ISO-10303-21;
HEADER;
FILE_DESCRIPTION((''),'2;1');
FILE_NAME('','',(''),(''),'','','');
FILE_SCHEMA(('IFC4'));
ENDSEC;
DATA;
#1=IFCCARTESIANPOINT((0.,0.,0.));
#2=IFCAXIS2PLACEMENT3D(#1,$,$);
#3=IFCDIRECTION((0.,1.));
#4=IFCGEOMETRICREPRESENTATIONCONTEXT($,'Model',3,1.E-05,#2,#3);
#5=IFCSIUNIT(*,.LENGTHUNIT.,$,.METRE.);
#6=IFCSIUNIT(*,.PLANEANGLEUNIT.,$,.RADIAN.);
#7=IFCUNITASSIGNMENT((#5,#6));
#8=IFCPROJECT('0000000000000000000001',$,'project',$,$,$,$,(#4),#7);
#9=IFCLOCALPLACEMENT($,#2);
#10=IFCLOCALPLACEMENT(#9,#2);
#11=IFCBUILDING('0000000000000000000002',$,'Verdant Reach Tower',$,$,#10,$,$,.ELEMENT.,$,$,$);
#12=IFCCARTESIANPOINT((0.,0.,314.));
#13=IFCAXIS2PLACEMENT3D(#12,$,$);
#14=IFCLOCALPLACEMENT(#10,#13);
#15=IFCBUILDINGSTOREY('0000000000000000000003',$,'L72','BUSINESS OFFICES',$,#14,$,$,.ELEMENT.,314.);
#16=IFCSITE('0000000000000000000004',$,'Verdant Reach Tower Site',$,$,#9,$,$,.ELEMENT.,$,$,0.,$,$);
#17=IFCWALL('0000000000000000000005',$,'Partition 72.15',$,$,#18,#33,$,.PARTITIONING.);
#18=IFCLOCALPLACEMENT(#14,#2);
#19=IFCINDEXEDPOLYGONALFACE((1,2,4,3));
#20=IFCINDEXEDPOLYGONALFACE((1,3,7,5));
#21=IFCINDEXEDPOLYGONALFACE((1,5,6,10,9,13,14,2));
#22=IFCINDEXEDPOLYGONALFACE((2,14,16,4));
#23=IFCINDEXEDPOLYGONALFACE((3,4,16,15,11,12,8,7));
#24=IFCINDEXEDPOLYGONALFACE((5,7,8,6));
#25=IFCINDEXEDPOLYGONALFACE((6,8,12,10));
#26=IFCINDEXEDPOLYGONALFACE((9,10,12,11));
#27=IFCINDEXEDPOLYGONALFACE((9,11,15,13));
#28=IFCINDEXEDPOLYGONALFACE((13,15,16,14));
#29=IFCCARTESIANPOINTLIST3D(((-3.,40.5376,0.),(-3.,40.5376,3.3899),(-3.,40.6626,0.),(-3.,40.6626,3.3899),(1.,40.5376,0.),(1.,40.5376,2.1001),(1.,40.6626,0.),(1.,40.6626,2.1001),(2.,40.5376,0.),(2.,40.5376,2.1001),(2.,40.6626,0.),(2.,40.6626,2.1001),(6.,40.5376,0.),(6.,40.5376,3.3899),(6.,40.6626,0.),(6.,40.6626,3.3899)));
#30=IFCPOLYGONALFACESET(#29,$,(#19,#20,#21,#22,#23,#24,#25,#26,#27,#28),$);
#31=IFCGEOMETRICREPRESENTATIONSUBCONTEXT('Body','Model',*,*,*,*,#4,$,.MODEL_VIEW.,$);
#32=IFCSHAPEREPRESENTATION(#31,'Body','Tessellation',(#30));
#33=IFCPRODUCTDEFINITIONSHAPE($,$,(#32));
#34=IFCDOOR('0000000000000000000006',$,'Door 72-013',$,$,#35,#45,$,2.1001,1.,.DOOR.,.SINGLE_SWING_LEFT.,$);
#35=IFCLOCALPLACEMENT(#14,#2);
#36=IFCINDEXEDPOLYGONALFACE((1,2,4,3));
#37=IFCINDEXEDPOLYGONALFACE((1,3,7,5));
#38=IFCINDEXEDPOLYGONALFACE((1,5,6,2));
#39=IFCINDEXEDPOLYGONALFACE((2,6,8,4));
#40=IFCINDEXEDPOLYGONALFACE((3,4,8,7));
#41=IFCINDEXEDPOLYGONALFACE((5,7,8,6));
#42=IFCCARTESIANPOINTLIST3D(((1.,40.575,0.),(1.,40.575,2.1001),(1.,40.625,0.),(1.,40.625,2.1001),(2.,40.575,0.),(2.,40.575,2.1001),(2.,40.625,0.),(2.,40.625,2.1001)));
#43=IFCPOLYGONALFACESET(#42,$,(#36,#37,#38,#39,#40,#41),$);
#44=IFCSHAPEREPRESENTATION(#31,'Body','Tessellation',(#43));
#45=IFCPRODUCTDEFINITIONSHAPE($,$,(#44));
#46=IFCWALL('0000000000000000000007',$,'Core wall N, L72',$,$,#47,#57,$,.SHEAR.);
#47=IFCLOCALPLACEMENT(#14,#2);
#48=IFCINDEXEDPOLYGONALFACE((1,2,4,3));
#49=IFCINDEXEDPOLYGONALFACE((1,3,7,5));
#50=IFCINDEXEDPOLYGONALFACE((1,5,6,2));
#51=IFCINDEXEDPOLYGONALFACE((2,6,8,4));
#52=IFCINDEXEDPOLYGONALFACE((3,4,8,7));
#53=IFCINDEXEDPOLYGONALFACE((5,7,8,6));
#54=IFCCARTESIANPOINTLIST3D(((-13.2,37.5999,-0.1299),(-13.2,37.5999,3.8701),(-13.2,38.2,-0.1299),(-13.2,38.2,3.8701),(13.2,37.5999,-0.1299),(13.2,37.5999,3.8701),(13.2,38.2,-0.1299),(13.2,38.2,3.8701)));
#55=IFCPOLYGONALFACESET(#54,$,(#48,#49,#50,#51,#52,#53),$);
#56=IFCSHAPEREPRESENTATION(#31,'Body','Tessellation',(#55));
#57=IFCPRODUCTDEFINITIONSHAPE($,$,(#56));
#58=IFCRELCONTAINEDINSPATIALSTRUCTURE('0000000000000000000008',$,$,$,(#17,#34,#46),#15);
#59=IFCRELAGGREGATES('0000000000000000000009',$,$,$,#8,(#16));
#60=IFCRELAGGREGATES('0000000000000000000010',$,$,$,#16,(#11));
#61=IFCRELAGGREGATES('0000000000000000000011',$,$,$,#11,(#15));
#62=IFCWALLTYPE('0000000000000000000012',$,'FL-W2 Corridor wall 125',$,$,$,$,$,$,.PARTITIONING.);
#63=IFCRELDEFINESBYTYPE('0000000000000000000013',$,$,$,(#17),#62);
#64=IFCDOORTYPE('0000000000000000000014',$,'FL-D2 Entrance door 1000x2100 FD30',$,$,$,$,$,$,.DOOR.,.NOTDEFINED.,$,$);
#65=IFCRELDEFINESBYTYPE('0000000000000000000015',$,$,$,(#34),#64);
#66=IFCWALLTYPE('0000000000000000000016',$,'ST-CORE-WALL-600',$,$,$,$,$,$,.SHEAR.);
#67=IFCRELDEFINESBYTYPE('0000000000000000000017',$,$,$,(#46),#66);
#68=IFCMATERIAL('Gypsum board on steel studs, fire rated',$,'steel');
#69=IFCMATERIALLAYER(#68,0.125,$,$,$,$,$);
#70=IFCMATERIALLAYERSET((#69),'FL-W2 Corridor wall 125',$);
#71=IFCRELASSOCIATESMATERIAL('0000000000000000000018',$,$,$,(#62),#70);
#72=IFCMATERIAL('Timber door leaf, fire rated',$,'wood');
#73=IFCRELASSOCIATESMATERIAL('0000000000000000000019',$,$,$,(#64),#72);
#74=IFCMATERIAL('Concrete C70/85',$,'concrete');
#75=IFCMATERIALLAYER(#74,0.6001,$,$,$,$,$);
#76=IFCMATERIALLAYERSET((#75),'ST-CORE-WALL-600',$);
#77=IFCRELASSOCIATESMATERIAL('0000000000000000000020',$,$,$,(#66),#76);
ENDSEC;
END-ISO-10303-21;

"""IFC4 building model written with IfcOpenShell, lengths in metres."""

from ifc_helpers import new_model, si_unit, direction, frame, frame_2d, origin, place, context, subcontext, project, spatial, rectangle, extrude, material, layer, layer_set, type_object, element, fill, save


model = new_model("IFC4")

# Units and contexts
model_context = context("Model", 3, precision=1e-05, world=origin(), true_north=direction((0.0, 1.0)))
body_context = subcontext(model_context, "Body", "Model", "MODEL_VIEW")
ifc_project = project(units=[si_unit("LENGTHUNIT", "METRE"), si_unit("PLANEANGLEUNIT", "RADIAN")], contexts=[model_context])

# Site, building, storey
site_placement = place(None, origin())
site = spatial("IfcSite", under=ifc_project, at=site_placement, Name="Verdant Reach Tower Site", CompositionType="ELEMENT", RefElevation=0.0)
building_placement = place(site_placement, origin())
building = spatial("IfcBuilding", under=site, at=building_placement, Name="Verdant Reach Tower", CompositionType="ELEMENT")
storey_placement = place(building_placement, frame((0.0, 0.0, 314.0)))
storey = spatial("IfcBuildingStorey", under=building, at=storey_placement, Name="L72", Description="BUSINESS OFFICES", CompositionType="ELEMENT", Elevation=314.0)

# Shared definitions
ifc_material_1 = material(Name="Gypsum board on steel studs, fire rated", Category="steel")
ifc_layer_1 = layer(ifc_material_1, 0.125)
ifc_layer_set_1 = layer_set([ifc_layer_1], Name="FL-W2 Corridor wall 125")
wall_type_1 = type_object("IfcWallType", Name="FL-W2 Corridor wall 125", PredefinedType="PARTITIONING", material=ifc_layer_set_1)

# Wall, opening, door
wall_1_placement = place(storey_placement, frame((-3.0, 40.6001, 0.0), z_axis=(0.0, 0.0, 1.0), x_axis=(1.0, 0.0, 0.0)))
wall_1 = element("IfcWall", 1, at=wall_1_placement, inside=storey, type_object=wall_type_1, Name="Partition 72.15", PredefinedType="PARTITIONING", context=body_context, shape_type="SweptSolid", body=[
    extrude(rectangle(XDim=9.0, YDim=0.125, at=frame_2d((4.5, 0.0))), origin(), (0.0, 0.0, 1.0), 3.3899),
])
opening_1_placement = place(wall_1_placement, frame((4.0, 0.0, 0.0)))
opening_1 = element("IfcOpeningElement", 2, at=opening_1_placement, cuts=wall_1, PredefinedType="OPENING", context=body_context, shape_type="SweptSolid", body=[
    extrude(rectangle(XDim=1.0, YDim=2.1001, at=frame_2d((0.5, 1.05))), frame((0.0, 0.0725, 0.0), z_axis=(0.0, -1.0, 0.0), x_axis=(1.0, 0.0, 0.0)), (0.0, 0.0, 1.0), 0.145),
])
ifc_material_2 = material(Name="Timber door leaf, fire rated", Category="wood")
door_type_1 = type_object("IfcDoorType", Name="FL-D2 Entrance door 1000x2100 FD30", OperationType="NOTDEFINED", PredefinedType="DOOR", material=ifc_material_2)
door_1_placement = place(opening_1_placement, origin())
door_1 = element("IfcDoor", 3, at=door_1_placement, inside=storey, type_object=door_type_1, Name="Door 72-013", OperationType="SINGLE_SWING_LEFT", OverallHeight=2.1001, OverallWidth=1.0, PredefinedType="DOOR", context=body_context, shape_type="SweptSolid", body=[
    extrude(rectangle(XDim=1.0, YDim=2.1001, at=frame_2d((0.5, 1.05))), frame((0.0, 0.0249, 0.0), z_axis=(0.0, -1.0, 0.0), x_axis=(1.0, 0.0, 0.0)), (0.0, 0.0, 1.0), 0.05),
])
fill(opening_1, door_1)

# Wall
ifc_material_3 = material(Name="Concrete C70/85", Category="concrete")
ifc_layer_2 = layer(ifc_material_3, 0.6001)
ifc_layer_set_2 = layer_set([ifc_layer_2], Name="ST-CORE-WALL-600")
wall_type_2 = type_object("IfcWallType", Name="ST-CORE-WALL-600", PredefinedType="SHEAR", material=ifc_layer_set_2)
wall_2_placement = place(storey_placement, frame((-13.2, 37.8999, -0.1299), z_axis=(0.0, 0.0, 1.0), x_axis=(1.0, 0.0, 0.0)))
element("IfcWall", 4, at=wall_2_placement, inside=storey, type_object=wall_type_2, Name="Core wall N, L72", PredefinedType="SHEAR", context=body_context, shape_type="SweptSolid", body=[
    extrude(rectangle(XDim=26.3999, YDim=0.6001, at=frame_2d((13.2, 0.0))), origin(), (0.0, 0.0, 1.0), 4.0),
])

save(model, "model.ifc")
